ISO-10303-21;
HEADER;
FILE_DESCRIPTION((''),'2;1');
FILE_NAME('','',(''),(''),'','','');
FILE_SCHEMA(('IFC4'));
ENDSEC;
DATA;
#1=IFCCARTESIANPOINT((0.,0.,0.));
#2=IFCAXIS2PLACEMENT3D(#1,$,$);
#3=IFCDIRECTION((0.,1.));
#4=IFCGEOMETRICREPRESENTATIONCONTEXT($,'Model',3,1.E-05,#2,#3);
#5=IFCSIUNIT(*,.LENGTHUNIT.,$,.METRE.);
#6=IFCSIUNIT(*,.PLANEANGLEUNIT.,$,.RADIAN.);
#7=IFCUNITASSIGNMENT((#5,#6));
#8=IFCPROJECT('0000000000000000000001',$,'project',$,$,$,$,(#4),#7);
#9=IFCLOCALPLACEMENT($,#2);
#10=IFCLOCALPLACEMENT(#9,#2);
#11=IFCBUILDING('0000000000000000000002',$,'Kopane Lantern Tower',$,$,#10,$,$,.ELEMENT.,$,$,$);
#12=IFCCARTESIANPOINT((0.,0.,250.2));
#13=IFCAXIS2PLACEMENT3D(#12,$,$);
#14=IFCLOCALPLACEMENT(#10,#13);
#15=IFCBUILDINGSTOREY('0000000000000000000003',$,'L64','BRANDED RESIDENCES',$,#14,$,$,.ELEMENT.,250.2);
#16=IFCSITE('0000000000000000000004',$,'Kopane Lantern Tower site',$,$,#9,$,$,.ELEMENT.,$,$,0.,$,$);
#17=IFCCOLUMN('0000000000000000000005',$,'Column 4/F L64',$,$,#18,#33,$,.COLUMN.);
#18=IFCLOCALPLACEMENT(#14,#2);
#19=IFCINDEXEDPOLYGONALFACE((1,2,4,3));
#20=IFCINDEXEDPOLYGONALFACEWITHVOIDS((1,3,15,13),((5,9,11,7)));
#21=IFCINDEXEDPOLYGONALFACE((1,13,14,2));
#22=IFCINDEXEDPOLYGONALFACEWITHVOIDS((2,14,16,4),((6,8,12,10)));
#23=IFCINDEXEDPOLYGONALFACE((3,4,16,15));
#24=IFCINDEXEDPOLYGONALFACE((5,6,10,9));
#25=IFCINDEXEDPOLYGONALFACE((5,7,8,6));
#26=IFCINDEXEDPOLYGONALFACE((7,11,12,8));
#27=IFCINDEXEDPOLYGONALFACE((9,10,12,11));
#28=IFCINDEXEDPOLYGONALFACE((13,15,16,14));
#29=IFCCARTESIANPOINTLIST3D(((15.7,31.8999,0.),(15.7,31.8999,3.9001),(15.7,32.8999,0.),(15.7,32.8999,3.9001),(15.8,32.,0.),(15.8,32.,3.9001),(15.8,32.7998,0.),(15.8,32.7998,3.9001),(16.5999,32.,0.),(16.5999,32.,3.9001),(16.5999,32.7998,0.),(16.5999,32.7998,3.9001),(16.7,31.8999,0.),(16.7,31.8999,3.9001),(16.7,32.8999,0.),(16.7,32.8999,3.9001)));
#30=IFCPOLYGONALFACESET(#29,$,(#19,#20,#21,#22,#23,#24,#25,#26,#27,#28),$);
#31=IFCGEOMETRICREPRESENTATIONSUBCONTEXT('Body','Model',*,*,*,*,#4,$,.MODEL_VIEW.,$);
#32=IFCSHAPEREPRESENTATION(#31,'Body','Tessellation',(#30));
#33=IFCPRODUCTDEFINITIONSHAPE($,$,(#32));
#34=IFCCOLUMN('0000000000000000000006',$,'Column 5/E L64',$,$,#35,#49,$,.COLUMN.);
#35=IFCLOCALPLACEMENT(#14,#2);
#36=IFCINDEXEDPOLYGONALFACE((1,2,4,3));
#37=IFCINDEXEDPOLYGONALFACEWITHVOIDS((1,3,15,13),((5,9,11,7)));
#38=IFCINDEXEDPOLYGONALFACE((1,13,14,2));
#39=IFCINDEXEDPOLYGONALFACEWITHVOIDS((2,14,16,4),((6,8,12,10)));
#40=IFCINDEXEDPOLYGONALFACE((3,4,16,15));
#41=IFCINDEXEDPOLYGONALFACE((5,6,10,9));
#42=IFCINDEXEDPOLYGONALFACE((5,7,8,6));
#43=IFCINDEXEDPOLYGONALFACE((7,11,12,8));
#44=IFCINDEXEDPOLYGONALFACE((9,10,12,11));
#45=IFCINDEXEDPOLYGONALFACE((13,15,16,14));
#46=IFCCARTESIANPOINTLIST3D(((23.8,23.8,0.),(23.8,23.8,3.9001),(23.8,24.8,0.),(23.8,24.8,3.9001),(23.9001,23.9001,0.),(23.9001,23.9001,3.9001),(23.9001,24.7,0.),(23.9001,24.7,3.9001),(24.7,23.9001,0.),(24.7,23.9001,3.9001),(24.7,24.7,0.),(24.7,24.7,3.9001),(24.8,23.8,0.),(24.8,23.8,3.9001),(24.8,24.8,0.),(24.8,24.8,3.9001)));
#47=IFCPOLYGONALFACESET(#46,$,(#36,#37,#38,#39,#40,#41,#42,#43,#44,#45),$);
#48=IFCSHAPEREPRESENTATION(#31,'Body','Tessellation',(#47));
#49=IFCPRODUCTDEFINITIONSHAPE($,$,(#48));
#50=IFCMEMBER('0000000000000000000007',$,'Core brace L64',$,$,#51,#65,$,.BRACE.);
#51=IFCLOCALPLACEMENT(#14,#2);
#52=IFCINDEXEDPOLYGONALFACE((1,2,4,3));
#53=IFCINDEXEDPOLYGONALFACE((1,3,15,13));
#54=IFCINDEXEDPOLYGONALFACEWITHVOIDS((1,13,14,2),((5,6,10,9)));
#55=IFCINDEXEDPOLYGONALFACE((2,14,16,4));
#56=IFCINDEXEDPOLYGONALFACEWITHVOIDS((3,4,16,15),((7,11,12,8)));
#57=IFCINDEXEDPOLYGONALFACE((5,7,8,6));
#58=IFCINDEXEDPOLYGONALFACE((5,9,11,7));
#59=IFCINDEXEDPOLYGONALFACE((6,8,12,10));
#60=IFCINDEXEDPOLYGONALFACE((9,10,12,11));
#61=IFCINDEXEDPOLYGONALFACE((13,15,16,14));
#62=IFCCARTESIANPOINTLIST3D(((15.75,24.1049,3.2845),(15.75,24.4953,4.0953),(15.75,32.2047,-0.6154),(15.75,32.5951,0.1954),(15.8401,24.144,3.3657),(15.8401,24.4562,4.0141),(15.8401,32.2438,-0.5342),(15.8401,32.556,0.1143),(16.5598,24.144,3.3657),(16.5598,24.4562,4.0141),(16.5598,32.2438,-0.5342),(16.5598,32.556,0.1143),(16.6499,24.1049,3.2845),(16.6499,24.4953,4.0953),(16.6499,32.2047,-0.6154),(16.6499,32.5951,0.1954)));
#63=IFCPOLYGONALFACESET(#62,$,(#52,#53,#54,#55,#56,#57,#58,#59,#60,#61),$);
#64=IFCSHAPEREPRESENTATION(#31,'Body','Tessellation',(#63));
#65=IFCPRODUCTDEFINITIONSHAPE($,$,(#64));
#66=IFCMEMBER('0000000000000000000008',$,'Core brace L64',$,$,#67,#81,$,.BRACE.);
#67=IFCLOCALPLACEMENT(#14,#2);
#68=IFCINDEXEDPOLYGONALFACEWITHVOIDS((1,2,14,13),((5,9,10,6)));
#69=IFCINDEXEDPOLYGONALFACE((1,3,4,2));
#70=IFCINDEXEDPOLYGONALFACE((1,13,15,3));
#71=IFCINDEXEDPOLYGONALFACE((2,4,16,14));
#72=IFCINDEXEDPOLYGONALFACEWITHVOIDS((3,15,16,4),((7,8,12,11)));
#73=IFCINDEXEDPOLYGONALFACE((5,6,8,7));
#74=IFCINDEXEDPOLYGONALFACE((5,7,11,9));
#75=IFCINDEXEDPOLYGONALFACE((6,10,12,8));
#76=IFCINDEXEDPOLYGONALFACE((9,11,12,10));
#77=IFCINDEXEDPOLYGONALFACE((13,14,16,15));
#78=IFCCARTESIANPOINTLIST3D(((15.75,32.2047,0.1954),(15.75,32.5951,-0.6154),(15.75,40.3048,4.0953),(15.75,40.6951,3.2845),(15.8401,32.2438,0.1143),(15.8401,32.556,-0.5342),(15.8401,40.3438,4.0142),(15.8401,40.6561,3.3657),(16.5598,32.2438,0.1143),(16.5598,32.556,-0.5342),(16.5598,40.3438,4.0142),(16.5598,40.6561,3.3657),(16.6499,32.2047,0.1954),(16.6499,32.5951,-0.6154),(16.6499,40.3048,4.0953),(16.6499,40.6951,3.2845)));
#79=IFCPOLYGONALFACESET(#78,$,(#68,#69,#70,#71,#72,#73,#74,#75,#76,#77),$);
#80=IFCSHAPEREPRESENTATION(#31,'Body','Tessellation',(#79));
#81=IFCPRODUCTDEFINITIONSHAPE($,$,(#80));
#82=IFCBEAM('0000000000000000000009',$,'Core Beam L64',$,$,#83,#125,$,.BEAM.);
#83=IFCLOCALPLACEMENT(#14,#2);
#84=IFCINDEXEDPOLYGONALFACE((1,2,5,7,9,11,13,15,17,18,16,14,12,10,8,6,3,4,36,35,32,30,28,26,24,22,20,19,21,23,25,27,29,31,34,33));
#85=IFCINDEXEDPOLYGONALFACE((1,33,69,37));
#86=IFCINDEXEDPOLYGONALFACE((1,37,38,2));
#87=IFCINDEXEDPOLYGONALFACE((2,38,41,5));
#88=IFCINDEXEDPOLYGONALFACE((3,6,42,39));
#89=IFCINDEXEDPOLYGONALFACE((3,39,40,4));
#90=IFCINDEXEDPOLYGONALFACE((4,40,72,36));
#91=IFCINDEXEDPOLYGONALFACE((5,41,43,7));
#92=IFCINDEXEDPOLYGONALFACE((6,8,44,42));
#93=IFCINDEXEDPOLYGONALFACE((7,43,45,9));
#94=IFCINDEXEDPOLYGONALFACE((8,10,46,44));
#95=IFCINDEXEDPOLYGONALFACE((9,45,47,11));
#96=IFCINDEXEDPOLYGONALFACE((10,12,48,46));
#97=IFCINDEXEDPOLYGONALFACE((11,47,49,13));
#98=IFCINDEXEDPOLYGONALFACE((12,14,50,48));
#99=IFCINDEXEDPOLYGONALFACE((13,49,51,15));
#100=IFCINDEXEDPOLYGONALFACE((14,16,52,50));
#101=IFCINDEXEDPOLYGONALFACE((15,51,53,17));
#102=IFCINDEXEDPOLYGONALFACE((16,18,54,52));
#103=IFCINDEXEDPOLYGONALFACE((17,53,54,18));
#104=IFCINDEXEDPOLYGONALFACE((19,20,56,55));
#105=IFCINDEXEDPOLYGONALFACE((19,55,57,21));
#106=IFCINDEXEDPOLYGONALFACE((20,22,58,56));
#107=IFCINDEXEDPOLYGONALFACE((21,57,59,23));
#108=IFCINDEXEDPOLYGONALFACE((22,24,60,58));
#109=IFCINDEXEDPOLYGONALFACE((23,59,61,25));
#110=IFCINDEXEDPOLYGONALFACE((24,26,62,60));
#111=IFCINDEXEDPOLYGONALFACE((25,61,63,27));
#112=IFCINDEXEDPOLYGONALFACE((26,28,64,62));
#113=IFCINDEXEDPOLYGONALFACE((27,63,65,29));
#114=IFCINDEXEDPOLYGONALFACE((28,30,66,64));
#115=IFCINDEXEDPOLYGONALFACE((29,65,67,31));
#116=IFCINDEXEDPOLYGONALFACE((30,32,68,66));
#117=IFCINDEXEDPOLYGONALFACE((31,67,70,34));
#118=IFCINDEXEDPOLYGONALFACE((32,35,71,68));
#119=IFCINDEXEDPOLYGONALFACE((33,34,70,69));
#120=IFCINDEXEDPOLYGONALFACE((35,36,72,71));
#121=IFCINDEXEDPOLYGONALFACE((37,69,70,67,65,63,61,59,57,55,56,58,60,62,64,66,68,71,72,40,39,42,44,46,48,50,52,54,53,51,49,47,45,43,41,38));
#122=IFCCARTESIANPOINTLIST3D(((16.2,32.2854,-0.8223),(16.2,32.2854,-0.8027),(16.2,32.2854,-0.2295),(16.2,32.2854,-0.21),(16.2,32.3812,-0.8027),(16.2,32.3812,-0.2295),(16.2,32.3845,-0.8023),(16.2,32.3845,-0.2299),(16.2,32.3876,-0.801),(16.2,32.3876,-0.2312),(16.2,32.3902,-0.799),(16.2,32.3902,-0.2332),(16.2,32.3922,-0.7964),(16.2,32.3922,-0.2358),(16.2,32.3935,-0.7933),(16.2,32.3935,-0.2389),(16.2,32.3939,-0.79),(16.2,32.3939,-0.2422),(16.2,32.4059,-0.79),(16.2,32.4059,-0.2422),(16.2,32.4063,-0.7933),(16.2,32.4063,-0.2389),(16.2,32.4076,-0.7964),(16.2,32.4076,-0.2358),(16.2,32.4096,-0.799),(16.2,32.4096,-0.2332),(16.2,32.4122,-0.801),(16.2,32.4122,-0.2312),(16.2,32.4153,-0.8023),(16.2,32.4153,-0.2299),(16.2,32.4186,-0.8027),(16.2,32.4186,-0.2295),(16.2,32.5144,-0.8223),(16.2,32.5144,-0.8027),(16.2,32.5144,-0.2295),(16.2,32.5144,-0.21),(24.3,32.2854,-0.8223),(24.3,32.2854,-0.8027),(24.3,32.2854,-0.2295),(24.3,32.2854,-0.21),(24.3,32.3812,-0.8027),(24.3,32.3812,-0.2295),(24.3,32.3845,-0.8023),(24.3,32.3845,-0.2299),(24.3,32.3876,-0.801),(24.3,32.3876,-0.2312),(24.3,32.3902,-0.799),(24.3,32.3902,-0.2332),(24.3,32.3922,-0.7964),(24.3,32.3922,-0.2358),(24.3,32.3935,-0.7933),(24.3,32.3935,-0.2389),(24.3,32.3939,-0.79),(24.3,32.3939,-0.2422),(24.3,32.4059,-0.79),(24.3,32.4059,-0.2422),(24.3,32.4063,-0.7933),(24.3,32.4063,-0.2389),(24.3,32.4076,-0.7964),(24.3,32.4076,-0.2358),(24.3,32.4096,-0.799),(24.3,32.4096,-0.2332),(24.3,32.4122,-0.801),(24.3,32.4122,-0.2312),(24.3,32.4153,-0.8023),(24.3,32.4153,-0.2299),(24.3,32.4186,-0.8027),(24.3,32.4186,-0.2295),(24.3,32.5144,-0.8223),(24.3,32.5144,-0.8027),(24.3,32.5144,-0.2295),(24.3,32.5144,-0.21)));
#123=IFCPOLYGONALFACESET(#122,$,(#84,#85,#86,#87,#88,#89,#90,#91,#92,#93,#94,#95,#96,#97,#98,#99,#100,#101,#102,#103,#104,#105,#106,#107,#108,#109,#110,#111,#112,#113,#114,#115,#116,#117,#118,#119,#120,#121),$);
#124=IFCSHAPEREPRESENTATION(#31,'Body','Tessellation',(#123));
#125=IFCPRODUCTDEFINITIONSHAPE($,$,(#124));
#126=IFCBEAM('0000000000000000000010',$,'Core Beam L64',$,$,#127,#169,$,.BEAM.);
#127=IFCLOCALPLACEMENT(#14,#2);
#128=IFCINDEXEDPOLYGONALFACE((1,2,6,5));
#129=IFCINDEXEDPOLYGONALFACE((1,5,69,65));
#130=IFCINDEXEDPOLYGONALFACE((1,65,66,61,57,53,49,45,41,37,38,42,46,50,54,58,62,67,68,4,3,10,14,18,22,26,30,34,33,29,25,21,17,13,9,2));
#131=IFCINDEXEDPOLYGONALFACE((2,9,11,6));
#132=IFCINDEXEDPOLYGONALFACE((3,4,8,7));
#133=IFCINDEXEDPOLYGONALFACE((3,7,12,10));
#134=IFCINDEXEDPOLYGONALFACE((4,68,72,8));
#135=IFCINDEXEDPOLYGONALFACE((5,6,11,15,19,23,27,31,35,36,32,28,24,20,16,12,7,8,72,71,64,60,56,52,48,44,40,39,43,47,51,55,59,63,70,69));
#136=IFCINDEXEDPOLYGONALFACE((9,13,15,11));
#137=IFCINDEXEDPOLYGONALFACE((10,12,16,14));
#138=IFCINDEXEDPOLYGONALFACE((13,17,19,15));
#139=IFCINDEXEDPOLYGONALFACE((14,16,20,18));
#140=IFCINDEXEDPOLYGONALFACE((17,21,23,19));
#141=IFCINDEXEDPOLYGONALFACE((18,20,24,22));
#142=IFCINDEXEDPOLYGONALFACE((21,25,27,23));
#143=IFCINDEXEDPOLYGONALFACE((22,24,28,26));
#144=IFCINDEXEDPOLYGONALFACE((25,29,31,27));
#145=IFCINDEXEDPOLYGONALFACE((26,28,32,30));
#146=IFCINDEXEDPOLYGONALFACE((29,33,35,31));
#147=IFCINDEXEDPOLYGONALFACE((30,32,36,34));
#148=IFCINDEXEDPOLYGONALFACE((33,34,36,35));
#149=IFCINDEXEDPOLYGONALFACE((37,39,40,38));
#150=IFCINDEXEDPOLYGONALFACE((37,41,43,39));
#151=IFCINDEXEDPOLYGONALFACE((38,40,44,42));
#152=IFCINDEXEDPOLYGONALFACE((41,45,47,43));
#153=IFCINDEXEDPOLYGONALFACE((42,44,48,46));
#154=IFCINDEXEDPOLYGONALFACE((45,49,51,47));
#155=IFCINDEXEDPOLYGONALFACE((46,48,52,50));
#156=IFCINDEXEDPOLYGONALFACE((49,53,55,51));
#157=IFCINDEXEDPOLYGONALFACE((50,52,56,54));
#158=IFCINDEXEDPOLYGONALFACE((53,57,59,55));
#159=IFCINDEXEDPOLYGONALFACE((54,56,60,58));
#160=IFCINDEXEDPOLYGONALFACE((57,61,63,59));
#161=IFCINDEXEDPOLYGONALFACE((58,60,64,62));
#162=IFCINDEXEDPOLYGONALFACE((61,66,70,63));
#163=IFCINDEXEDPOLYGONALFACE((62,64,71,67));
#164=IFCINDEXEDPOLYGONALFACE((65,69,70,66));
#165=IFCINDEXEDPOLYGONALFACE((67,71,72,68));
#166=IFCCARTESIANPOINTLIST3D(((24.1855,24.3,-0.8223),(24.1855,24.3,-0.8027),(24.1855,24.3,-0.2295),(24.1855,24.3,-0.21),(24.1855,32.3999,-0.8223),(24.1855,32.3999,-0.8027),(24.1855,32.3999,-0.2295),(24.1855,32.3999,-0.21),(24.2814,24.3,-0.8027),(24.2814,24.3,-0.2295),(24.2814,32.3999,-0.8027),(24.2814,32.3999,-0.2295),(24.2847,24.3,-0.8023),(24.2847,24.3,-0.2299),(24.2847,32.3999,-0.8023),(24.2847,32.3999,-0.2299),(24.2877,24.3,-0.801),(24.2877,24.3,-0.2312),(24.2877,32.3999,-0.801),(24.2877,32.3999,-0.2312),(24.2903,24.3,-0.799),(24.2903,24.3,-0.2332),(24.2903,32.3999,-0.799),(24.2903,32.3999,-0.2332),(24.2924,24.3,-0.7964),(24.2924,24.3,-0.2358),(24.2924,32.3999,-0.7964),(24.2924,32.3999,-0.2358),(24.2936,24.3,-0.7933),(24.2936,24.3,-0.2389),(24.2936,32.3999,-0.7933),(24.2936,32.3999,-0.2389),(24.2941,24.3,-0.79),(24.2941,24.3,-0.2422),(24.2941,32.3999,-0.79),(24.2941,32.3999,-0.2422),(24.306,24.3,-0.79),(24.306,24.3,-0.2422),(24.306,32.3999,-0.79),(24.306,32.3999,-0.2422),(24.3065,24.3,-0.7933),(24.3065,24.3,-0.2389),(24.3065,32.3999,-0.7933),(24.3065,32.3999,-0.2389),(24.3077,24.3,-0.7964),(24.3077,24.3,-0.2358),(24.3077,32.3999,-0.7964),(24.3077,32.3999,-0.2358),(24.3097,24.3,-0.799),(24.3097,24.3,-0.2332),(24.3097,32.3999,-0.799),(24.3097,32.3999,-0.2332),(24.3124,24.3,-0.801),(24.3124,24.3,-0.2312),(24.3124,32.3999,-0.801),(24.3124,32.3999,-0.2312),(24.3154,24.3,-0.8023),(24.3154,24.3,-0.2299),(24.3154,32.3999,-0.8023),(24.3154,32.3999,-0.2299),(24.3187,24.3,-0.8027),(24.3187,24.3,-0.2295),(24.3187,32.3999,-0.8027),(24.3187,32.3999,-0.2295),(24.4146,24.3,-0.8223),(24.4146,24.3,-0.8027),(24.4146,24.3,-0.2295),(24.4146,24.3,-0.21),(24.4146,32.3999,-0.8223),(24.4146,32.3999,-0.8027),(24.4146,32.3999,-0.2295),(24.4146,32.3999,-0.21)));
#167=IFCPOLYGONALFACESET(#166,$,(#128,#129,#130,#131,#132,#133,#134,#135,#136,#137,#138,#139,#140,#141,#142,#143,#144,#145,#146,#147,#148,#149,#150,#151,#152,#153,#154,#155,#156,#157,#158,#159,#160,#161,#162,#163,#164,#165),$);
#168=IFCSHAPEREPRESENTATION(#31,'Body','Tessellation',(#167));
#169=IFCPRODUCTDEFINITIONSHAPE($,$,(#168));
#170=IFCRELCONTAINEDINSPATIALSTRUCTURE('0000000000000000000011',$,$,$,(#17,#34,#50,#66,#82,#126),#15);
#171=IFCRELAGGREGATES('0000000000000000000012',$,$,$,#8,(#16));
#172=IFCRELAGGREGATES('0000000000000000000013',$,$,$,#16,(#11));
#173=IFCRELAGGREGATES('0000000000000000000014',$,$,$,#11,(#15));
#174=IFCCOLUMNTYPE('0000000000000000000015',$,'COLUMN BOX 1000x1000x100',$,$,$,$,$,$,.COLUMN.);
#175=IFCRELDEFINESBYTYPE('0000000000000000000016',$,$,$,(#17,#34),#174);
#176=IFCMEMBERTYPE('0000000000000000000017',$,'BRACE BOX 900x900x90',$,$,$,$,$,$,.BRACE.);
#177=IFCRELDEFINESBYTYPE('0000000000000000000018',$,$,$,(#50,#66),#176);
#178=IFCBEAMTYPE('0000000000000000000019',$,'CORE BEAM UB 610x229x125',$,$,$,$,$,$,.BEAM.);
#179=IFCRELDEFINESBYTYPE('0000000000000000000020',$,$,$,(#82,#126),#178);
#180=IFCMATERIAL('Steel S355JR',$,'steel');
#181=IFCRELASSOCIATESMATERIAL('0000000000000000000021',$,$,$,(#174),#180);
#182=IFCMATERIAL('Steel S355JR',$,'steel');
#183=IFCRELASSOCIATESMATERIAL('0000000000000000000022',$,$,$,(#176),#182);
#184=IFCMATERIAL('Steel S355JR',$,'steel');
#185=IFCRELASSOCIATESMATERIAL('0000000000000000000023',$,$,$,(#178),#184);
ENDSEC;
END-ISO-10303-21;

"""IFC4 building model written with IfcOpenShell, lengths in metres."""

from ifc_helpers import new_model, si_unit, direction, frame, origin, origin_2d, place, context, subcontext, project, spatial, hollow_rectangle, i_section, extrude, material, material_profile, profile_set, type_object, element, save


model = new_model("IFC4")

# Units and contexts
model_context = context("Model", 3, precision=1e-05, world=origin(), true_north=direction((0.0, 1.0)))
body_context = subcontext(model_context, "Body", "Model", "MODEL_VIEW")
ifc_project = project(units=[si_unit("LENGTHUNIT", "METRE"), si_unit("PLANEANGLEUNIT", "RADIAN")], contexts=[model_context])

# Site, building, storey
site_placement = place(None, origin())
site = spatial("IfcSite", under=ifc_project, at=site_placement, Name="Kopane Lantern Tower site", CompositionType="ELEMENT", RefElevation=0.0)
building_placement = place(site_placement, origin())
building = spatial("IfcBuilding", under=site, at=building_placement, Name="Kopane Lantern Tower", CompositionType="ELEMENT")
storey_placement = place(building_placement, frame((0.0, 0.0, 250.2)))
storey = spatial("IfcBuildingStorey", under=building, at=storey_placement, Name="L64", Description="BRANDED RESIDENCES", CompositionType="ELEMENT", Elevation=250.2)

# Columns
ifc_material_1 = material(Name="Steel S355JR", Category="steel")
ifc_material_profile_1 = material_profile(ifc_material_1, hollow_rectangle(XDim=1.0, YDim=1.0, WallThickness=0.1001, at=origin_2d()), Name="BOX 1000x1000x100")
ifc_profile_set_1 = profile_set([ifc_material_profile_1], Name="Steel S355JR")
column_type = type_object("IfcColumnType", Name="COLUMN BOX 1000x1000x100", PredefinedType="COLUMN", material=ifc_profile_set_1)
for number, where, z_axis, x_axis, name in (
    (1, (16.2, 32.3999, 0.0), (0.0, 0.0, 1.0), (1.0, 0.0, 0.0), "Column 4/F L64"),
    (2, (24.3, 24.3, 0.0), (0.0, 0.0, 1.0), (1.0, 0.0, 0.0), "Column 5/E L64"),
):
    element("IfcColumn", number, at=place(storey_placement, frame(where, z_axis=z_axis, x_axis=x_axis)), inside=storey, type_object=column_type, Name=name, PredefinedType="COLUMN", context=body_context, shape_type="SweptSolid", body=[
        extrude(hollow_rectangle(XDim=1.0, YDim=1.0, WallThickness=0.1001, at=origin_2d()), origin(), (0.0, 0.0, 1.0), 3.9001),
    ])

# Members
ifc_material_2 = material(Name="Steel S355JR", Category="steel")
ifc_material_profile_2 = material_profile(ifc_material_2, hollow_rectangle(XDim=0.8999, YDim=0.8999, WallThickness=0.0901, at=origin_2d()), Name="BOX 900x900x90")
ifc_profile_set_2 = profile_set([ifc_material_profile_2], Name="Steel S355JR")
member_type = type_object("IfcMemberType", Name="BRACE BOX 900x900x90", PredefinedType="BRACE", material=ifc_profile_set_2)
member_1_placement = place(storey_placement, frame((16.2, 32.3999, -0.21), z_axis=(0.0, -0.901003, 0.433813), x_axis=(1.0, 0.0, 0.0)))
element("IfcMember", 3, at=member_1_placement, inside=storey, type_object=member_type, Name="Core brace L64", PredefinedType="BRACE", context=body_context, shape_type="SweptSolid", body=[
    extrude(hollow_rectangle(XDim=0.8999, YDim=0.8999, WallThickness=0.0901, at=origin_2d()), origin(), (0.0, 0.0, 1.0), 8.9897),
])
member_2_placement = place(storey_placement, frame((16.2, 32.3999, -0.21), z_axis=(0.0, 0.901008, 0.433803), x_axis=(-1.0, 0.0, 0.0)))
element("IfcMember", 4, at=member_2_placement, inside=storey, type_object=member_type, Name="Core brace L64", PredefinedType="BRACE", context=body_context, shape_type="SweptSolid", body=[
    extrude(hollow_rectangle(XDim=0.8999, YDim=0.8999, WallThickness=0.0901, at=origin_2d()), origin(), (0.0, 0.0, 1.0), 8.99),
])

# Beams
ifc_material_3 = material(Name="Steel S355JR", Category="steel")
ifc_material_profile_3 = material_profile(ifc_material_3, i_section(OverallWidth=0.229, OverallDepth=0.6123, WebThickness=0.012, FlangeThickness=0.0195, FilletRadius=0.0127, at=origin_2d()), Name="UB 610x229x125")
ifc_profile_set_3 = profile_set([ifc_material_profile_3], Name="Steel S355JR")
beam_type_1 = type_object("IfcBeamType", Name="CORE BEAM UB 610x229x125", PredefinedType="BEAM", material=ifc_profile_set_3)
beam_1_placement = place(storey_placement, frame((16.2, 32.3999, -0.5161), z_axis=(1.0, 0.0, 0.0), x_axis=(0.0, 1.0, 0.0)))
element("IfcBeam", 5, at=beam_1_placement, inside=storey, type_object=beam_type_1, Name="Core Beam L64", PredefinedType="BEAM", context=body_context, shape_type="SweptSolid", body=[
    extrude(i_section(OverallWidth=0.229, OverallDepth=0.6123, WebThickness=0.012, FlangeThickness=0.0195, FilletRadius=0.0127, at=origin_2d()), origin(), (0.0, 0.0, 1.0), 8.1001),
])
beam_2_placement = place(storey_placement, frame((24.3, 24.3, -0.5161), z_axis=(0.0, 1.0, 0.0), x_axis=(-1.0, 0.0, 0.0)))
element("IfcBeam", 6, at=beam_2_placement, inside=storey, type_object=beam_type_1, Name="Core Beam L64", PredefinedType="BEAM", context=body_context, shape_type="SweptSolid", body=[
    extrude(i_section(OverallWidth=0.229, OverallDepth=0.6123, WebThickness=0.012, FlangeThickness=0.0195, FilletRadius=0.0127, at=origin_2d()), origin(), (0.0, 0.0, 1.0), 8.0999),
])

save(model, "model.ifc")
